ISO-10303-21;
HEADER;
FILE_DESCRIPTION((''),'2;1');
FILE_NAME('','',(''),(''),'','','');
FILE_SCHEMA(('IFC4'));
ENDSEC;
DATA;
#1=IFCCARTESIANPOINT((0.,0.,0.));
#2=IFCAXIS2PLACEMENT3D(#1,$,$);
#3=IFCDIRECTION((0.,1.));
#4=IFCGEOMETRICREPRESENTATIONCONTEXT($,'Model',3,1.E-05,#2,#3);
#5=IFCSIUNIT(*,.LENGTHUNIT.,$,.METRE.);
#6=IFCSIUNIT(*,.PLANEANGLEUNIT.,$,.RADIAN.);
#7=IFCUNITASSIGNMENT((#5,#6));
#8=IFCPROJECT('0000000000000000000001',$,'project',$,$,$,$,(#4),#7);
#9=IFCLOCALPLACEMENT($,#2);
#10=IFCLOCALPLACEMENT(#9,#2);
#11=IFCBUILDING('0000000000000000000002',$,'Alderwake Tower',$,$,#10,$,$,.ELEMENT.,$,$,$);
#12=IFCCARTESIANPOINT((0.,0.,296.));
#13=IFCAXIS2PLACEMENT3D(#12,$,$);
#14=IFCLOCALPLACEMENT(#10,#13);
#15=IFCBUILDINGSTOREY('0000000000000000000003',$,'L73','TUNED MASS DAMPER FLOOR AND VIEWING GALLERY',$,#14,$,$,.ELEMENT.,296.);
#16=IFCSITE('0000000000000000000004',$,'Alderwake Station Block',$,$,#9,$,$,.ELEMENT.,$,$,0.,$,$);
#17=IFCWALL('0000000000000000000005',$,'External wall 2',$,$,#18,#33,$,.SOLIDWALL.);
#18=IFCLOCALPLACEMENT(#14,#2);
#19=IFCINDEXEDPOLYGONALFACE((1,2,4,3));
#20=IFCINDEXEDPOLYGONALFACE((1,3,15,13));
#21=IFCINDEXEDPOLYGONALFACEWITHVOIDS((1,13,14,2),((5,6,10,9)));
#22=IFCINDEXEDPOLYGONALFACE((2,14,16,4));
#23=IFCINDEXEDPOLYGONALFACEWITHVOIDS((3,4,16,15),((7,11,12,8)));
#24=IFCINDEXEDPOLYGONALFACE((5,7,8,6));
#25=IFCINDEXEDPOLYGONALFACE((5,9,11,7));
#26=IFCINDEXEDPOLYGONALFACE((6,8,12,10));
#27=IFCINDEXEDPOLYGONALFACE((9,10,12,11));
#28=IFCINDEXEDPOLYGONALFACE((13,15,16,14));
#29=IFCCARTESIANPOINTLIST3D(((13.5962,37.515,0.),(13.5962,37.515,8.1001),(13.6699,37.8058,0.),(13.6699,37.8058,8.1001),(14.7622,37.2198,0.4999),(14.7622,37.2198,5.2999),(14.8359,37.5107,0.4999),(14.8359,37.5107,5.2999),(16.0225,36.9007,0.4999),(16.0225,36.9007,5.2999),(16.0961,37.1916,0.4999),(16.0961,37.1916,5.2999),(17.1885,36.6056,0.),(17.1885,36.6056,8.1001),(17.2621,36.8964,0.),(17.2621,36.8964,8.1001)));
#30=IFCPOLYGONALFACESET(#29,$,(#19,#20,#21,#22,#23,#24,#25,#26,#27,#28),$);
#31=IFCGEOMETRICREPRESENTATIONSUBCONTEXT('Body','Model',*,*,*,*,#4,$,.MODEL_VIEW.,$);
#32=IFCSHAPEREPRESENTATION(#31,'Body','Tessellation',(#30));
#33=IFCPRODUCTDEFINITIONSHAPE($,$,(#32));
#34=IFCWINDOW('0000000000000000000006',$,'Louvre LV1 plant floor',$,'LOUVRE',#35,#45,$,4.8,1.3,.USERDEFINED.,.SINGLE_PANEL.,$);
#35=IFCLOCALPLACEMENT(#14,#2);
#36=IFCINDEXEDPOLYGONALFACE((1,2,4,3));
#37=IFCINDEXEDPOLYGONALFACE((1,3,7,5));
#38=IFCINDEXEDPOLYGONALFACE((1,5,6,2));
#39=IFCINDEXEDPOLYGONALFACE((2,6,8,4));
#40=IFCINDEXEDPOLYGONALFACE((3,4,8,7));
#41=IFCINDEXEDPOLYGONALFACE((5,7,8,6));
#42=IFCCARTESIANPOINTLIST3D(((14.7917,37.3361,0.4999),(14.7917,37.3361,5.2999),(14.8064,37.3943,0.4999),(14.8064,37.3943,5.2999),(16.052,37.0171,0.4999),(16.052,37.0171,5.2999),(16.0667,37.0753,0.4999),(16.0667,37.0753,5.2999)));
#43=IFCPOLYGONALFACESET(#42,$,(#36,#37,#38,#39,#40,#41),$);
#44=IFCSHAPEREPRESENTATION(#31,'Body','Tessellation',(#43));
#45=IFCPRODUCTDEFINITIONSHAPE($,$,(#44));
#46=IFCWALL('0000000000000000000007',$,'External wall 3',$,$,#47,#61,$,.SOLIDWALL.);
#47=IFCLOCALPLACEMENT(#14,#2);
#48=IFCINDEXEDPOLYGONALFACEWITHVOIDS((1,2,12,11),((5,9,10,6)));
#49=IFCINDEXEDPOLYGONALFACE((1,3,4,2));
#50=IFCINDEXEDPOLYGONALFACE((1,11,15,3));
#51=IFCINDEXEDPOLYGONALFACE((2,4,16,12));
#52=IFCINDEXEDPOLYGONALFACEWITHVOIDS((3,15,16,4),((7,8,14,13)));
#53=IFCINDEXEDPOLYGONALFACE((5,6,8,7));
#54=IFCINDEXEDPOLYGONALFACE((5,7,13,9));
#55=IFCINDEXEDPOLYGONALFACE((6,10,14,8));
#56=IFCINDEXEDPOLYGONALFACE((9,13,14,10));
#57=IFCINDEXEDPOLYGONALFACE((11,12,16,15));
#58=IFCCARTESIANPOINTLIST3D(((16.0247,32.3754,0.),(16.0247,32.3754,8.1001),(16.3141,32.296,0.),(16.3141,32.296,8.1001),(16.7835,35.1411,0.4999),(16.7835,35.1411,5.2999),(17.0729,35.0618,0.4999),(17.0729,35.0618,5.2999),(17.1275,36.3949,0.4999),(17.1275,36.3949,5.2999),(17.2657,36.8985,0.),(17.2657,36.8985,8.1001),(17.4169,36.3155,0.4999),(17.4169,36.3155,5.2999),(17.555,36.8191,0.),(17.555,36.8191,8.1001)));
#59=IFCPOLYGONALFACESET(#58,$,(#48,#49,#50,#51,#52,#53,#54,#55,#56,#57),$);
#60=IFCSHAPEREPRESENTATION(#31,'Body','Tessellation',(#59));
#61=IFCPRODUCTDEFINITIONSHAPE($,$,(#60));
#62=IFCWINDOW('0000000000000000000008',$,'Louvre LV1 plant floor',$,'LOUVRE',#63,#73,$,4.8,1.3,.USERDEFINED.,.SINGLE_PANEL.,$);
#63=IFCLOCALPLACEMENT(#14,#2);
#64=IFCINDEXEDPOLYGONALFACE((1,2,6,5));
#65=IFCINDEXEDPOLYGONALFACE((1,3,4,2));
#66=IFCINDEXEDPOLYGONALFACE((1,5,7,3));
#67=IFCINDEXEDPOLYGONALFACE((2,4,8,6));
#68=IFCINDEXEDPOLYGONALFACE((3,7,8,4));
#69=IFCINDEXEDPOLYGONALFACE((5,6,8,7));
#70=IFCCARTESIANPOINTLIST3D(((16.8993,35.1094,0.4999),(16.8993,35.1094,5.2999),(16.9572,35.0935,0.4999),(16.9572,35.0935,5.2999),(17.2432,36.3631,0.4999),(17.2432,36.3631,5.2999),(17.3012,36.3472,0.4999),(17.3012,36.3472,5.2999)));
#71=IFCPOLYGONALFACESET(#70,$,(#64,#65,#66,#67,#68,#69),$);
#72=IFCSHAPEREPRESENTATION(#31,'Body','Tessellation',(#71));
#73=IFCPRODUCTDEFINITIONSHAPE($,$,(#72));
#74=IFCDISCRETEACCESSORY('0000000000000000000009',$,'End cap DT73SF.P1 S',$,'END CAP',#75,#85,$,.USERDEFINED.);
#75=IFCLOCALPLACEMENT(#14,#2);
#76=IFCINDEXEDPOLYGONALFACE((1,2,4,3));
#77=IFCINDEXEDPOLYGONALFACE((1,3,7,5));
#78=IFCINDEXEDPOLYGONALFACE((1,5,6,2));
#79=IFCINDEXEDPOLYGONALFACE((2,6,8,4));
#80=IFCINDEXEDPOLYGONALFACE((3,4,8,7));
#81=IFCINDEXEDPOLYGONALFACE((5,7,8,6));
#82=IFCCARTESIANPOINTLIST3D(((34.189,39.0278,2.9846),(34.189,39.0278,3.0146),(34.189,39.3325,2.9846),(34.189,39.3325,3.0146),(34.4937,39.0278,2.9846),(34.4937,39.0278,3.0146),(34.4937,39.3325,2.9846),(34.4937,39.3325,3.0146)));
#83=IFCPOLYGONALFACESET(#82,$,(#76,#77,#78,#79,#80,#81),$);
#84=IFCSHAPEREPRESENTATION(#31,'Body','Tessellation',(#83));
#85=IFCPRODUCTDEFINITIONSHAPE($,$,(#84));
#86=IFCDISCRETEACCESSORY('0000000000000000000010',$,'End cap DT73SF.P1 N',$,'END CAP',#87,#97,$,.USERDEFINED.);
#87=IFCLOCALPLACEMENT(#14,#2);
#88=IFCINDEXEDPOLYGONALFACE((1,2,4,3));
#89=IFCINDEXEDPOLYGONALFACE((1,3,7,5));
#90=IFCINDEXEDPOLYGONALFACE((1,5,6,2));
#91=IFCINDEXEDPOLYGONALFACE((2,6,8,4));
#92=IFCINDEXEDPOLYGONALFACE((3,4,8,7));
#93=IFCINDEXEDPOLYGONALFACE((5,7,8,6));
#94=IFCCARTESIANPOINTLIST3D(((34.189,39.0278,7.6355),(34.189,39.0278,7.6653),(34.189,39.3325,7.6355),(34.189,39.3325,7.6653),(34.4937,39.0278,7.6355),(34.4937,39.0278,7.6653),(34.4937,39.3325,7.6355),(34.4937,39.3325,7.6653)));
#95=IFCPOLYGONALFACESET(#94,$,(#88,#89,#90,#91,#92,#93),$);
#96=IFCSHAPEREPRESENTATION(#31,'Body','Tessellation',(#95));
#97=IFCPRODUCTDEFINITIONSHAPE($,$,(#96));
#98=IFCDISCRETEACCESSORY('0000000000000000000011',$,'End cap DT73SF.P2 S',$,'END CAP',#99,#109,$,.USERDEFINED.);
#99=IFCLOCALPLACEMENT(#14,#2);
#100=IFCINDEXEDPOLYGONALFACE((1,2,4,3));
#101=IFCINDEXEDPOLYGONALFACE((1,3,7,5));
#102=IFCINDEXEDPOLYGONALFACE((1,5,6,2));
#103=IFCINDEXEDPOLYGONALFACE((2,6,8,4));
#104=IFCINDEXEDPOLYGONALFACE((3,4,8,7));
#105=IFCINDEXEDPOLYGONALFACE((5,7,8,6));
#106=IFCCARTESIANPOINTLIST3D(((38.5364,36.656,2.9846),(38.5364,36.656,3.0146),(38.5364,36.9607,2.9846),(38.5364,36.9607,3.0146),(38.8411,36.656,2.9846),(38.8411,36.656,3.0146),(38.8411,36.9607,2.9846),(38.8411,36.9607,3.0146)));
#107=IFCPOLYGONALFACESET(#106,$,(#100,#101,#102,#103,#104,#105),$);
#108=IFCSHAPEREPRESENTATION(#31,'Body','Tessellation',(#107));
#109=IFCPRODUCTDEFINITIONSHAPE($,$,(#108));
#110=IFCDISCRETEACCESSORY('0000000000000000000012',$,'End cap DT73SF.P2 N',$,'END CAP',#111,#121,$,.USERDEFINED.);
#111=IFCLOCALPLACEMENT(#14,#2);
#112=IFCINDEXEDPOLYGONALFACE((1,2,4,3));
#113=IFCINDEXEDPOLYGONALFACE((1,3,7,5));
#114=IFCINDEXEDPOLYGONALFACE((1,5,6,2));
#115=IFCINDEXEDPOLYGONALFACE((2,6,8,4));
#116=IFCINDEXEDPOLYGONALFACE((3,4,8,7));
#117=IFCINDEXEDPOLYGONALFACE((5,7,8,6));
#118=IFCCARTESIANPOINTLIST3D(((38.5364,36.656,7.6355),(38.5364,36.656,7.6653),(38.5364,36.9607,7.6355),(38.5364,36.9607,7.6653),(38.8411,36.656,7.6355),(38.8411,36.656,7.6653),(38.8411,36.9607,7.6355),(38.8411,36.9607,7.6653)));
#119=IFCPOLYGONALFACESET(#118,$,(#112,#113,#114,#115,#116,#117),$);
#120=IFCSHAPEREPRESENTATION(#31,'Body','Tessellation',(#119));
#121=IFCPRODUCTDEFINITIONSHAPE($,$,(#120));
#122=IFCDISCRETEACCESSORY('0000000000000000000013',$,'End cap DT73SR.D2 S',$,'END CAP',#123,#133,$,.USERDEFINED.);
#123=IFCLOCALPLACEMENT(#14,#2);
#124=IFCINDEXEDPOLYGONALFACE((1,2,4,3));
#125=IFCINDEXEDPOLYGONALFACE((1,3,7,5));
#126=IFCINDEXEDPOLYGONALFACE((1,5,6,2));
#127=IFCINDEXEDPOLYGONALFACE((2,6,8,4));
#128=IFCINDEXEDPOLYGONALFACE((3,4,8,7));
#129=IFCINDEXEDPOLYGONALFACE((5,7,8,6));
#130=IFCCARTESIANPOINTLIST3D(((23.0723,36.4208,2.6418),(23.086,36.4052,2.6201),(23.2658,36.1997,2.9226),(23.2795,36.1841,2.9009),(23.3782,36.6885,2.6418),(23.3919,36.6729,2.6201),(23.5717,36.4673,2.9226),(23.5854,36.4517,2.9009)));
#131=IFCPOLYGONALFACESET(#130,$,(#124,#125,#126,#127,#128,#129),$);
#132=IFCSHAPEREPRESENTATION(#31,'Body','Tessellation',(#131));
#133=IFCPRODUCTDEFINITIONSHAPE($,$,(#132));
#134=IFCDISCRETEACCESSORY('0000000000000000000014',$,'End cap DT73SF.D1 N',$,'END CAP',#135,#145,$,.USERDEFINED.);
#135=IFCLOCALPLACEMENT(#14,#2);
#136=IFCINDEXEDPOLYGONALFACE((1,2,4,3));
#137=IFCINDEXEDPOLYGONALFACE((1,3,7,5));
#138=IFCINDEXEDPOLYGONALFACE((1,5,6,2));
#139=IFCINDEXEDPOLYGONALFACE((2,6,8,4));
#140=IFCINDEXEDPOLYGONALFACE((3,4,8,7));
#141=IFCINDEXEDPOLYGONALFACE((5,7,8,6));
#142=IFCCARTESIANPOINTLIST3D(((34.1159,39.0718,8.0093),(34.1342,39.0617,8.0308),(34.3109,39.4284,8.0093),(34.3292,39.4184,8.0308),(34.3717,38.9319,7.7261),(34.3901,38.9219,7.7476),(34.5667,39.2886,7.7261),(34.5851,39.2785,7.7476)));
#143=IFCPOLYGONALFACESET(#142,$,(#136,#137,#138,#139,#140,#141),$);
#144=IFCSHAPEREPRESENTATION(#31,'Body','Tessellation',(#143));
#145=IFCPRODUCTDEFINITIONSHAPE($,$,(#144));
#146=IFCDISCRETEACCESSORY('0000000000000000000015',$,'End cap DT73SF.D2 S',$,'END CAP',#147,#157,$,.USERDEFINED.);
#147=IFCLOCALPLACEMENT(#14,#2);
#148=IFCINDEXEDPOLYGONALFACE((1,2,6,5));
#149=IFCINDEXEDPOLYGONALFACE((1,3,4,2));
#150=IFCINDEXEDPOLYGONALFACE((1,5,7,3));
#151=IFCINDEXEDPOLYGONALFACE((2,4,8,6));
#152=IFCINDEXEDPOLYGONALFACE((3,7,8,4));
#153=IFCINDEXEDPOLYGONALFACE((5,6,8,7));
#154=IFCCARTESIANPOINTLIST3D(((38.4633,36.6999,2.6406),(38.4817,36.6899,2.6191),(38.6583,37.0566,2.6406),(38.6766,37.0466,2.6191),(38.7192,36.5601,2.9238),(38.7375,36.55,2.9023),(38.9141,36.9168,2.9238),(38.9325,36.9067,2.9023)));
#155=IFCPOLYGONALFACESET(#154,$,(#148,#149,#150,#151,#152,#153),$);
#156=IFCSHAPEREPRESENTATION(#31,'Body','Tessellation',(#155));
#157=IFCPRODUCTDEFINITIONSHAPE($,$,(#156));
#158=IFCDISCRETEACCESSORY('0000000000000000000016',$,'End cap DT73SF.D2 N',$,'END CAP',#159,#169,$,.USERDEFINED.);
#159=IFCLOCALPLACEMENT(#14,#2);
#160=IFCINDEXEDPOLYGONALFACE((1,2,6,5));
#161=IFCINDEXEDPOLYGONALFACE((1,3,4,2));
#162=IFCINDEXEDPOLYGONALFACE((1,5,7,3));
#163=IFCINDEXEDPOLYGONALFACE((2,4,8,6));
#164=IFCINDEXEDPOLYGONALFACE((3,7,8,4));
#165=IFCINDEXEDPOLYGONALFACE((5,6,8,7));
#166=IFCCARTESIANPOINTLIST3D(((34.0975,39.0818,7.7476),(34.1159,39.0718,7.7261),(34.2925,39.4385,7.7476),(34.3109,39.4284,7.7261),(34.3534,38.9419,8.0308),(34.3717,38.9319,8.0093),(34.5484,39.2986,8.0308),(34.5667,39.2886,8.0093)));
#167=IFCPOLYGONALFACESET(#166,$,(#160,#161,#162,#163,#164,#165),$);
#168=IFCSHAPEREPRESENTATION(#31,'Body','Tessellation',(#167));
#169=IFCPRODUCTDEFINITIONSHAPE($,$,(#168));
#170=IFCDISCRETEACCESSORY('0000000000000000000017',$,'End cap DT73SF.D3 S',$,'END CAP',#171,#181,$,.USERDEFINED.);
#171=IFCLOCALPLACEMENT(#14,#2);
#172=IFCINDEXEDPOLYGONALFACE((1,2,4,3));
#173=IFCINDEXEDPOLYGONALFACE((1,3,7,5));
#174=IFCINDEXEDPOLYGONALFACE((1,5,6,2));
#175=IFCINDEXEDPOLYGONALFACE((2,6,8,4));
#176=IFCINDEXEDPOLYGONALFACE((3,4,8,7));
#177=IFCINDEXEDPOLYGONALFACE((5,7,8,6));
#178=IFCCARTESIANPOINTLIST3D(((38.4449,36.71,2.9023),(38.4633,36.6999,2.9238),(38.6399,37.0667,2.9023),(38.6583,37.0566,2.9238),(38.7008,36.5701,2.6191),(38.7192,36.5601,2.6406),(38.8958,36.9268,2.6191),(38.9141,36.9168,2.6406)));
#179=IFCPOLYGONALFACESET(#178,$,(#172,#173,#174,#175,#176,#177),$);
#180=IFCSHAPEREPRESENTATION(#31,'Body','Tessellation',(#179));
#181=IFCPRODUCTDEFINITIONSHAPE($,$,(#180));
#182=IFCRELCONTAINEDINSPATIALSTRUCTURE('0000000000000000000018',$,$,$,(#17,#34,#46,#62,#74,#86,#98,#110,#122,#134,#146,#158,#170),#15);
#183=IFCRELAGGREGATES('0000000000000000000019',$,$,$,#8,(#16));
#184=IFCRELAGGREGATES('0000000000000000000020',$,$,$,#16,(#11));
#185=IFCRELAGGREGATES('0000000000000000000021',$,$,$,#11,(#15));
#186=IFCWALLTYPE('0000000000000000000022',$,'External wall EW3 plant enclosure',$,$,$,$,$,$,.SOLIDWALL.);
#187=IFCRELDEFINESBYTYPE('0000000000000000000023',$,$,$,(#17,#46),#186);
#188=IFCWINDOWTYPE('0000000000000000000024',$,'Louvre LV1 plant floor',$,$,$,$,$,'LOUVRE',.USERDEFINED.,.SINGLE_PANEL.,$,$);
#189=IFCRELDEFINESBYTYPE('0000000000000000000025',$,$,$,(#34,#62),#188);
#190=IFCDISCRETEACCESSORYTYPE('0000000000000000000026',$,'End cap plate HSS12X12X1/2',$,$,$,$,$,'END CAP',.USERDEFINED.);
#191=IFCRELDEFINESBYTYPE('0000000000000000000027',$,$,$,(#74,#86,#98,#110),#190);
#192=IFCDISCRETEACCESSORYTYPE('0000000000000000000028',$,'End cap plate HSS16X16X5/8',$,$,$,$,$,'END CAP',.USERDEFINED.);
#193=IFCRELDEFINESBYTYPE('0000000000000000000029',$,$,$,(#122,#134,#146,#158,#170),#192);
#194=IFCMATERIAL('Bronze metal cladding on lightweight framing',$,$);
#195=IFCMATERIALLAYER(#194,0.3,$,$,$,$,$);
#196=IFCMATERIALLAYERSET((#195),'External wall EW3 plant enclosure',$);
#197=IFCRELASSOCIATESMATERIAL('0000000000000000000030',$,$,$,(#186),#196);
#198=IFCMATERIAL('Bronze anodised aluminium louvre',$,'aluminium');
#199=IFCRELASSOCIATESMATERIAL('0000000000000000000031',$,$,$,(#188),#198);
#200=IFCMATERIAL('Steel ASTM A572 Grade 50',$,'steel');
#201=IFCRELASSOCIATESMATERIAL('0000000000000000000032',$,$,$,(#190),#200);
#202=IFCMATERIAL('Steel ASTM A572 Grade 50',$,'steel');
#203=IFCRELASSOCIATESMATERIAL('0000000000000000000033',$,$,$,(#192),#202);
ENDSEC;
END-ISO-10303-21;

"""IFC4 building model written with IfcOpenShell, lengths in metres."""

from ifc_helpers import new_model, si_unit, direction, frame, frame_2d, origin, origin_2d, place, context, subcontext, project, spatial, rectangle, extrude, material, layer, layer_set, material_profile, profile_set, type_object, element, fill, save


model = new_model("IFC4")

# Units and contexts
model_context = context("Model", 3, precision=1e-05, world=origin(), true_north=direction((0.0, 1.0)))
body_context = subcontext(model_context, "Body", "Model", "MODEL_VIEW")
ifc_project = project(units=[si_unit("LENGTHUNIT", "METRE"), si_unit("PLANEANGLEUNIT", "RADIAN")], contexts=[model_context])

# Site, building, storey
site_placement = place(None, origin())
site = spatial("IfcSite", under=ifc_project, at=site_placement, Name="Alderwake Station Block", CompositionType="ELEMENT", RefElevation=0.0)
building_placement = place(site_placement, origin())
building = spatial("IfcBuilding", under=site, at=building_placement, Name="Alderwake Tower", CompositionType="ELEMENT")
storey_placement = place(building_placement, frame((0.0, 0.0, 296.0)))
storey = spatial("IfcBuildingStorey", under=building, at=storey_placement, Name="L73", Description="TUNED MASS DAMPER FLOOR AND VIEWING GALLERY", CompositionType="ELEMENT", Elevation=296.0)

# Shared definitions
ifc_material_1 = material(Name="Bronze metal cladding on lightweight framing")
ifc_layer_1 = layer(ifc_material_1, 0.3)
ifc_layer_set_1 = layer_set([ifc_layer_1], Name="External wall EW3 plant enclosure")
wall_type_1 = type_object("IfcWallType", Name="External wall EW3 plant enclosure", PredefinedType="SOLIDWALL", material=ifc_layer_set_1)

# Walls, openings, windows
wall_1_placement = place(storey_placement, frame((13.6331, 37.6604, 0.0), z_axis=(0.0, 0.0, 1.0), x_axis=(0.969417, -0.245418, 0.0)))
wall_1 = element("IfcWall", 1, at=wall_1_placement, inside=storey, type_object=wall_type_1, Name="External wall 2", PredefinedType="SOLIDWALL", context=body_context, shape_type="SweptSolid", body=[
    extrude(rectangle(XDim=3.7056, YDim=0.3, at=frame_2d((1.8528, 0.0))), origin(), (0.0, 0.0, 1.0), 8.1001),
])
opening_1_placement = place(wall_1_placement, frame((1.2029, 0.0, 0.5)))
opening_1 = element("IfcOpeningElement", 2, at=opening_1_placement, cuts=wall_1, PredefinedType="OPENING", context=body_context, shape_type="SweptSolid", body=[
    extrude(rectangle(XDim=1.3, YDim=4.8, at=frame_2d((0.6499, 2.3999))), frame((0.0, 0.1599, 0.0), z_axis=(0.0, -1.0, 0.0), x_axis=(1.0, 0.0, 0.0)), (0.0, 0.0, 1.0), 0.3201),
])
ifc_material_2 = material(Name="Bronze anodised aluminium louvre", Category="aluminium")
window_type = type_object("IfcWindowType", Name="Louvre LV1 plant floor", ElementType="LOUVRE", PartitioningType="SINGLE_PANEL", PredefinedType="USERDEFINED", material=ifc_material_2)
window_1_placement = place(opening_1_placement, origin())
window_1 = element("IfcWindow", 3, at=window_1_placement, inside=storey, type_object=window_type, Name="Louvre LV1 plant floor", ObjectType="LOUVRE", OverallHeight=4.8, OverallWidth=1.3, PartitioningType="SINGLE_PANEL", PredefinedType="USERDEFINED", context=body_context, shape_type="SweptSolid", body=[
    extrude(rectangle(XDim=1.3, YDim=4.8, at=frame_2d((0.6499, 2.3999))), frame((0.0, 0.03, 0.0), z_axis=(0.0, -1.0, 0.0), x_axis=(1.0, 0.0, 0.0)), (0.0, 0.0, 1.0), 0.0601),
])
fill(opening_1, window_1)
wall_2_placement = place(storey_placement, frame((17.4104, 36.8589, 0.0), z_axis=(0.0, 0.0, 1.0), x_axis=(-0.264593, -0.96436, 0.0)))
wall_2 = element("IfcWall", 4, at=wall_2_placement, inside=storey, type_object=wall_type_1, Name="External wall 3", PredefinedType="SOLIDWALL", context=body_context, shape_type="SweptSolid", body=[
    extrude(rectangle(XDim=4.6902, YDim=0.3, at=frame_2d((2.3452, 0.0))), origin(), (0.0, 0.0, 1.0), 8.1001),
])
opening_2_placement = place(wall_2_placement, frame((0.5225, 0.0, 0.5)))
opening_2 = element("IfcOpeningElement", 5, at=opening_2_placement, cuts=wall_2, PredefinedType="OPENING", context=body_context, shape_type="SweptSolid", body=[
    extrude(rectangle(XDim=1.3, YDim=4.8, at=frame_2d((0.6499, 2.3999))), frame((0.0, 0.1599, 0.0), z_axis=(0.0, -1.0, 0.0), x_axis=(1.0, 0.0, 0.0)), (0.0, 0.0, 1.0), 0.3201),
])
window_2_placement = place(opening_2_placement, origin())
window_2 = element("IfcWindow", 6, at=window_2_placement, inside=storey, type_object=window_type, Name="Louvre LV1 plant floor", ObjectType="LOUVRE", OverallHeight=4.8, OverallWidth=1.3, PartitioningType="SINGLE_PANEL", PredefinedType="USERDEFINED", context=body_context, shape_type="SweptSolid", body=[
    extrude(rectangle(XDim=1.3, YDim=4.8, at=frame_2d((0.6499, 2.3999))), frame((0.0, 0.03, 0.0), z_axis=(0.0, -1.0, 0.0), x_axis=(1.0, 0.0, 0.0)), (0.0, 0.0, 1.0), 0.0601),
])
fill(opening_2, window_2)

# Discrete accessories
ifc_material_3 = material(Name="Steel ASTM A572 Grade 50", Category="steel")
ifc_material_profile_1 = material_profile(ifc_material_3, rectangle(XDim=0.3047, YDim=0.3047, at=origin_2d()), Name="HSS12X12X1/2 cap")
ifc_profile_set_1 = profile_set([ifc_material_profile_1], Name="Steel ASTM A572 Grade 50")
discrete_accessory_type_1 = type_object("IfcDiscreteAccessoryType", Name="End cap plate HSS12X12X1/2", ElementType="END CAP", PredefinedType="USERDEFINED", material=ifc_profile_set_1)
discrete_accessory_1_placement = place(storey_placement, frame((34.3413, 39.1802, 3.0146), z_axis=(0.0, 0.0, -1.0), x_axis=(1.0, 0.0, 0.0)))
element("IfcDiscreteAccessory", 7, at=discrete_accessory_1_placement, inside=storey, type_object=discrete_accessory_type_1, Name="End cap DT73SF.P1 S", ObjectType="END CAP", PredefinedType="USERDEFINED", context=body_context, shape_type="SweptSolid", body=[
    extrude(rectangle(XDim=0.3047, YDim=0.3047, at=origin_2d()), origin(), (0.0, 0.0, 1.0), 0.03),
])
discrete_accessory_2_placement = place(storey_placement, frame((34.3413, 39.1802, 7.6355), z_axis=(0.0, 0.0, 1.0), x_axis=(1.0, 0.0, 0.0)))
element("IfcDiscreteAccessory", 8, at=discrete_accessory_2_placement, inside=storey, type_object=discrete_accessory_type_1, Name="End cap DT73SF.P1 N", ObjectType="END CAP", PredefinedType="USERDEFINED", context=body_context, shape_type="SweptSolid", body=[
    extrude(rectangle(XDim=0.3047, YDim=0.3047, at=origin_2d()), origin(), (0.0, 0.0, 1.0), 0.0298),
])
discrete_accessory_3_placement = place(storey_placement, frame((38.6887, 36.8083, 3.0146), z_axis=(0.0, 0.0, -1.0), x_axis=(1.0, 0.0, 0.0)))
element("IfcDiscreteAccessory", 9, at=discrete_accessory_3_placement, inside=storey, type_object=discrete_accessory_type_1, Name="End cap DT73SF.P2 S", ObjectType="END CAP", PredefinedType="USERDEFINED", context=body_context, shape_type="SweptSolid", body=[
    extrude(rectangle(XDim=0.3047, YDim=0.3047, at=origin_2d()), origin(), (0.0, 0.0, 1.0), 0.03),
])
discrete_accessory_4_placement = place(storey_placement, frame((38.6887, 36.8083, 7.6355), z_axis=(0.0, 0.0, 1.0), x_axis=(1.0, 0.0, 0.0)))
element("IfcDiscreteAccessory", 10, at=discrete_accessory_4_placement, inside=storey, type_object=discrete_accessory_type_1, Name="End cap DT73SF.P2 N", ObjectType="END CAP", PredefinedType="USERDEFINED", context=body_context, shape_type="SweptSolid", body=[
    extrude(rectangle(XDim=0.3047, YDim=0.3047, at=origin_2d()), origin(), (0.0, 0.0, 1.0), 0.0298),
])
ifc_material_4 = material(Name="Steel ASTM A572 Grade 50", Category="steel")
ifc_material_profile_2 = material_profile(ifc_material_4, rectangle(XDim=0.4065, YDim=0.4065, at=origin_2d()), Name="HSS16X16X5/8 cap")
ifc_profile_set_2 = profile_set([ifc_material_profile_2], Name="Steel ASTM A572 Grade 50")
discrete_accessory_type_2 = type_object("IfcDiscreteAccessoryType", Name="End cap plate HSS16X16X5/8", ElementType="END CAP", PredefinedType="USERDEFINED", material=ifc_profile_set_2)
for number, where, z_axis, x_axis, name in (
    (11, (23.322, 36.4441, 2.7822), (0.454924, -0.519913, -0.723004), (0.752577, 0.658505, 0.0), "End cap DT73SR.D2 S"),
    (12, (34.3413, 39.1802, 7.8677), (0.611354, -0.334207, 0.717322), (0.479672, 0.877448, 0.0), "End cap DT73SF.D1 N"),
    (13, (38.6887, 36.8083, 2.7822), (0.611354, -0.334207, -0.717322), (0.479672, 0.877448, 0.0), "End cap DT73SF.D2 S"),
    (14, (34.3413, 39.1802, 7.8677), (-0.611354, 0.334207, 0.717322), (-0.479672, -0.877448, 0.0), "End cap DT73SF.D2 N"),
    (15, (38.6887, 36.8083, 2.7822), (-0.611354, 0.334207, -0.717322), (-0.479672, -0.877448, 0.0), "End cap DT73SF.D3 S"),
):
    element("IfcDiscreteAccessory", number, at=place(storey_placement, frame(where, z_axis=z_axis, x_axis=x_axis)), inside=storey, type_object=discrete_accessory_type_2, Name=name, ObjectType="END CAP", PredefinedType="USERDEFINED", context=body_context, shape_type="SweptSolid", body=[
        extrude(rectangle(XDim=0.4065, YDim=0.4065, at=origin_2d()), origin(), (0.0, 0.0, 1.0), 0.03),
    ])

save(model, "model.ifc")
